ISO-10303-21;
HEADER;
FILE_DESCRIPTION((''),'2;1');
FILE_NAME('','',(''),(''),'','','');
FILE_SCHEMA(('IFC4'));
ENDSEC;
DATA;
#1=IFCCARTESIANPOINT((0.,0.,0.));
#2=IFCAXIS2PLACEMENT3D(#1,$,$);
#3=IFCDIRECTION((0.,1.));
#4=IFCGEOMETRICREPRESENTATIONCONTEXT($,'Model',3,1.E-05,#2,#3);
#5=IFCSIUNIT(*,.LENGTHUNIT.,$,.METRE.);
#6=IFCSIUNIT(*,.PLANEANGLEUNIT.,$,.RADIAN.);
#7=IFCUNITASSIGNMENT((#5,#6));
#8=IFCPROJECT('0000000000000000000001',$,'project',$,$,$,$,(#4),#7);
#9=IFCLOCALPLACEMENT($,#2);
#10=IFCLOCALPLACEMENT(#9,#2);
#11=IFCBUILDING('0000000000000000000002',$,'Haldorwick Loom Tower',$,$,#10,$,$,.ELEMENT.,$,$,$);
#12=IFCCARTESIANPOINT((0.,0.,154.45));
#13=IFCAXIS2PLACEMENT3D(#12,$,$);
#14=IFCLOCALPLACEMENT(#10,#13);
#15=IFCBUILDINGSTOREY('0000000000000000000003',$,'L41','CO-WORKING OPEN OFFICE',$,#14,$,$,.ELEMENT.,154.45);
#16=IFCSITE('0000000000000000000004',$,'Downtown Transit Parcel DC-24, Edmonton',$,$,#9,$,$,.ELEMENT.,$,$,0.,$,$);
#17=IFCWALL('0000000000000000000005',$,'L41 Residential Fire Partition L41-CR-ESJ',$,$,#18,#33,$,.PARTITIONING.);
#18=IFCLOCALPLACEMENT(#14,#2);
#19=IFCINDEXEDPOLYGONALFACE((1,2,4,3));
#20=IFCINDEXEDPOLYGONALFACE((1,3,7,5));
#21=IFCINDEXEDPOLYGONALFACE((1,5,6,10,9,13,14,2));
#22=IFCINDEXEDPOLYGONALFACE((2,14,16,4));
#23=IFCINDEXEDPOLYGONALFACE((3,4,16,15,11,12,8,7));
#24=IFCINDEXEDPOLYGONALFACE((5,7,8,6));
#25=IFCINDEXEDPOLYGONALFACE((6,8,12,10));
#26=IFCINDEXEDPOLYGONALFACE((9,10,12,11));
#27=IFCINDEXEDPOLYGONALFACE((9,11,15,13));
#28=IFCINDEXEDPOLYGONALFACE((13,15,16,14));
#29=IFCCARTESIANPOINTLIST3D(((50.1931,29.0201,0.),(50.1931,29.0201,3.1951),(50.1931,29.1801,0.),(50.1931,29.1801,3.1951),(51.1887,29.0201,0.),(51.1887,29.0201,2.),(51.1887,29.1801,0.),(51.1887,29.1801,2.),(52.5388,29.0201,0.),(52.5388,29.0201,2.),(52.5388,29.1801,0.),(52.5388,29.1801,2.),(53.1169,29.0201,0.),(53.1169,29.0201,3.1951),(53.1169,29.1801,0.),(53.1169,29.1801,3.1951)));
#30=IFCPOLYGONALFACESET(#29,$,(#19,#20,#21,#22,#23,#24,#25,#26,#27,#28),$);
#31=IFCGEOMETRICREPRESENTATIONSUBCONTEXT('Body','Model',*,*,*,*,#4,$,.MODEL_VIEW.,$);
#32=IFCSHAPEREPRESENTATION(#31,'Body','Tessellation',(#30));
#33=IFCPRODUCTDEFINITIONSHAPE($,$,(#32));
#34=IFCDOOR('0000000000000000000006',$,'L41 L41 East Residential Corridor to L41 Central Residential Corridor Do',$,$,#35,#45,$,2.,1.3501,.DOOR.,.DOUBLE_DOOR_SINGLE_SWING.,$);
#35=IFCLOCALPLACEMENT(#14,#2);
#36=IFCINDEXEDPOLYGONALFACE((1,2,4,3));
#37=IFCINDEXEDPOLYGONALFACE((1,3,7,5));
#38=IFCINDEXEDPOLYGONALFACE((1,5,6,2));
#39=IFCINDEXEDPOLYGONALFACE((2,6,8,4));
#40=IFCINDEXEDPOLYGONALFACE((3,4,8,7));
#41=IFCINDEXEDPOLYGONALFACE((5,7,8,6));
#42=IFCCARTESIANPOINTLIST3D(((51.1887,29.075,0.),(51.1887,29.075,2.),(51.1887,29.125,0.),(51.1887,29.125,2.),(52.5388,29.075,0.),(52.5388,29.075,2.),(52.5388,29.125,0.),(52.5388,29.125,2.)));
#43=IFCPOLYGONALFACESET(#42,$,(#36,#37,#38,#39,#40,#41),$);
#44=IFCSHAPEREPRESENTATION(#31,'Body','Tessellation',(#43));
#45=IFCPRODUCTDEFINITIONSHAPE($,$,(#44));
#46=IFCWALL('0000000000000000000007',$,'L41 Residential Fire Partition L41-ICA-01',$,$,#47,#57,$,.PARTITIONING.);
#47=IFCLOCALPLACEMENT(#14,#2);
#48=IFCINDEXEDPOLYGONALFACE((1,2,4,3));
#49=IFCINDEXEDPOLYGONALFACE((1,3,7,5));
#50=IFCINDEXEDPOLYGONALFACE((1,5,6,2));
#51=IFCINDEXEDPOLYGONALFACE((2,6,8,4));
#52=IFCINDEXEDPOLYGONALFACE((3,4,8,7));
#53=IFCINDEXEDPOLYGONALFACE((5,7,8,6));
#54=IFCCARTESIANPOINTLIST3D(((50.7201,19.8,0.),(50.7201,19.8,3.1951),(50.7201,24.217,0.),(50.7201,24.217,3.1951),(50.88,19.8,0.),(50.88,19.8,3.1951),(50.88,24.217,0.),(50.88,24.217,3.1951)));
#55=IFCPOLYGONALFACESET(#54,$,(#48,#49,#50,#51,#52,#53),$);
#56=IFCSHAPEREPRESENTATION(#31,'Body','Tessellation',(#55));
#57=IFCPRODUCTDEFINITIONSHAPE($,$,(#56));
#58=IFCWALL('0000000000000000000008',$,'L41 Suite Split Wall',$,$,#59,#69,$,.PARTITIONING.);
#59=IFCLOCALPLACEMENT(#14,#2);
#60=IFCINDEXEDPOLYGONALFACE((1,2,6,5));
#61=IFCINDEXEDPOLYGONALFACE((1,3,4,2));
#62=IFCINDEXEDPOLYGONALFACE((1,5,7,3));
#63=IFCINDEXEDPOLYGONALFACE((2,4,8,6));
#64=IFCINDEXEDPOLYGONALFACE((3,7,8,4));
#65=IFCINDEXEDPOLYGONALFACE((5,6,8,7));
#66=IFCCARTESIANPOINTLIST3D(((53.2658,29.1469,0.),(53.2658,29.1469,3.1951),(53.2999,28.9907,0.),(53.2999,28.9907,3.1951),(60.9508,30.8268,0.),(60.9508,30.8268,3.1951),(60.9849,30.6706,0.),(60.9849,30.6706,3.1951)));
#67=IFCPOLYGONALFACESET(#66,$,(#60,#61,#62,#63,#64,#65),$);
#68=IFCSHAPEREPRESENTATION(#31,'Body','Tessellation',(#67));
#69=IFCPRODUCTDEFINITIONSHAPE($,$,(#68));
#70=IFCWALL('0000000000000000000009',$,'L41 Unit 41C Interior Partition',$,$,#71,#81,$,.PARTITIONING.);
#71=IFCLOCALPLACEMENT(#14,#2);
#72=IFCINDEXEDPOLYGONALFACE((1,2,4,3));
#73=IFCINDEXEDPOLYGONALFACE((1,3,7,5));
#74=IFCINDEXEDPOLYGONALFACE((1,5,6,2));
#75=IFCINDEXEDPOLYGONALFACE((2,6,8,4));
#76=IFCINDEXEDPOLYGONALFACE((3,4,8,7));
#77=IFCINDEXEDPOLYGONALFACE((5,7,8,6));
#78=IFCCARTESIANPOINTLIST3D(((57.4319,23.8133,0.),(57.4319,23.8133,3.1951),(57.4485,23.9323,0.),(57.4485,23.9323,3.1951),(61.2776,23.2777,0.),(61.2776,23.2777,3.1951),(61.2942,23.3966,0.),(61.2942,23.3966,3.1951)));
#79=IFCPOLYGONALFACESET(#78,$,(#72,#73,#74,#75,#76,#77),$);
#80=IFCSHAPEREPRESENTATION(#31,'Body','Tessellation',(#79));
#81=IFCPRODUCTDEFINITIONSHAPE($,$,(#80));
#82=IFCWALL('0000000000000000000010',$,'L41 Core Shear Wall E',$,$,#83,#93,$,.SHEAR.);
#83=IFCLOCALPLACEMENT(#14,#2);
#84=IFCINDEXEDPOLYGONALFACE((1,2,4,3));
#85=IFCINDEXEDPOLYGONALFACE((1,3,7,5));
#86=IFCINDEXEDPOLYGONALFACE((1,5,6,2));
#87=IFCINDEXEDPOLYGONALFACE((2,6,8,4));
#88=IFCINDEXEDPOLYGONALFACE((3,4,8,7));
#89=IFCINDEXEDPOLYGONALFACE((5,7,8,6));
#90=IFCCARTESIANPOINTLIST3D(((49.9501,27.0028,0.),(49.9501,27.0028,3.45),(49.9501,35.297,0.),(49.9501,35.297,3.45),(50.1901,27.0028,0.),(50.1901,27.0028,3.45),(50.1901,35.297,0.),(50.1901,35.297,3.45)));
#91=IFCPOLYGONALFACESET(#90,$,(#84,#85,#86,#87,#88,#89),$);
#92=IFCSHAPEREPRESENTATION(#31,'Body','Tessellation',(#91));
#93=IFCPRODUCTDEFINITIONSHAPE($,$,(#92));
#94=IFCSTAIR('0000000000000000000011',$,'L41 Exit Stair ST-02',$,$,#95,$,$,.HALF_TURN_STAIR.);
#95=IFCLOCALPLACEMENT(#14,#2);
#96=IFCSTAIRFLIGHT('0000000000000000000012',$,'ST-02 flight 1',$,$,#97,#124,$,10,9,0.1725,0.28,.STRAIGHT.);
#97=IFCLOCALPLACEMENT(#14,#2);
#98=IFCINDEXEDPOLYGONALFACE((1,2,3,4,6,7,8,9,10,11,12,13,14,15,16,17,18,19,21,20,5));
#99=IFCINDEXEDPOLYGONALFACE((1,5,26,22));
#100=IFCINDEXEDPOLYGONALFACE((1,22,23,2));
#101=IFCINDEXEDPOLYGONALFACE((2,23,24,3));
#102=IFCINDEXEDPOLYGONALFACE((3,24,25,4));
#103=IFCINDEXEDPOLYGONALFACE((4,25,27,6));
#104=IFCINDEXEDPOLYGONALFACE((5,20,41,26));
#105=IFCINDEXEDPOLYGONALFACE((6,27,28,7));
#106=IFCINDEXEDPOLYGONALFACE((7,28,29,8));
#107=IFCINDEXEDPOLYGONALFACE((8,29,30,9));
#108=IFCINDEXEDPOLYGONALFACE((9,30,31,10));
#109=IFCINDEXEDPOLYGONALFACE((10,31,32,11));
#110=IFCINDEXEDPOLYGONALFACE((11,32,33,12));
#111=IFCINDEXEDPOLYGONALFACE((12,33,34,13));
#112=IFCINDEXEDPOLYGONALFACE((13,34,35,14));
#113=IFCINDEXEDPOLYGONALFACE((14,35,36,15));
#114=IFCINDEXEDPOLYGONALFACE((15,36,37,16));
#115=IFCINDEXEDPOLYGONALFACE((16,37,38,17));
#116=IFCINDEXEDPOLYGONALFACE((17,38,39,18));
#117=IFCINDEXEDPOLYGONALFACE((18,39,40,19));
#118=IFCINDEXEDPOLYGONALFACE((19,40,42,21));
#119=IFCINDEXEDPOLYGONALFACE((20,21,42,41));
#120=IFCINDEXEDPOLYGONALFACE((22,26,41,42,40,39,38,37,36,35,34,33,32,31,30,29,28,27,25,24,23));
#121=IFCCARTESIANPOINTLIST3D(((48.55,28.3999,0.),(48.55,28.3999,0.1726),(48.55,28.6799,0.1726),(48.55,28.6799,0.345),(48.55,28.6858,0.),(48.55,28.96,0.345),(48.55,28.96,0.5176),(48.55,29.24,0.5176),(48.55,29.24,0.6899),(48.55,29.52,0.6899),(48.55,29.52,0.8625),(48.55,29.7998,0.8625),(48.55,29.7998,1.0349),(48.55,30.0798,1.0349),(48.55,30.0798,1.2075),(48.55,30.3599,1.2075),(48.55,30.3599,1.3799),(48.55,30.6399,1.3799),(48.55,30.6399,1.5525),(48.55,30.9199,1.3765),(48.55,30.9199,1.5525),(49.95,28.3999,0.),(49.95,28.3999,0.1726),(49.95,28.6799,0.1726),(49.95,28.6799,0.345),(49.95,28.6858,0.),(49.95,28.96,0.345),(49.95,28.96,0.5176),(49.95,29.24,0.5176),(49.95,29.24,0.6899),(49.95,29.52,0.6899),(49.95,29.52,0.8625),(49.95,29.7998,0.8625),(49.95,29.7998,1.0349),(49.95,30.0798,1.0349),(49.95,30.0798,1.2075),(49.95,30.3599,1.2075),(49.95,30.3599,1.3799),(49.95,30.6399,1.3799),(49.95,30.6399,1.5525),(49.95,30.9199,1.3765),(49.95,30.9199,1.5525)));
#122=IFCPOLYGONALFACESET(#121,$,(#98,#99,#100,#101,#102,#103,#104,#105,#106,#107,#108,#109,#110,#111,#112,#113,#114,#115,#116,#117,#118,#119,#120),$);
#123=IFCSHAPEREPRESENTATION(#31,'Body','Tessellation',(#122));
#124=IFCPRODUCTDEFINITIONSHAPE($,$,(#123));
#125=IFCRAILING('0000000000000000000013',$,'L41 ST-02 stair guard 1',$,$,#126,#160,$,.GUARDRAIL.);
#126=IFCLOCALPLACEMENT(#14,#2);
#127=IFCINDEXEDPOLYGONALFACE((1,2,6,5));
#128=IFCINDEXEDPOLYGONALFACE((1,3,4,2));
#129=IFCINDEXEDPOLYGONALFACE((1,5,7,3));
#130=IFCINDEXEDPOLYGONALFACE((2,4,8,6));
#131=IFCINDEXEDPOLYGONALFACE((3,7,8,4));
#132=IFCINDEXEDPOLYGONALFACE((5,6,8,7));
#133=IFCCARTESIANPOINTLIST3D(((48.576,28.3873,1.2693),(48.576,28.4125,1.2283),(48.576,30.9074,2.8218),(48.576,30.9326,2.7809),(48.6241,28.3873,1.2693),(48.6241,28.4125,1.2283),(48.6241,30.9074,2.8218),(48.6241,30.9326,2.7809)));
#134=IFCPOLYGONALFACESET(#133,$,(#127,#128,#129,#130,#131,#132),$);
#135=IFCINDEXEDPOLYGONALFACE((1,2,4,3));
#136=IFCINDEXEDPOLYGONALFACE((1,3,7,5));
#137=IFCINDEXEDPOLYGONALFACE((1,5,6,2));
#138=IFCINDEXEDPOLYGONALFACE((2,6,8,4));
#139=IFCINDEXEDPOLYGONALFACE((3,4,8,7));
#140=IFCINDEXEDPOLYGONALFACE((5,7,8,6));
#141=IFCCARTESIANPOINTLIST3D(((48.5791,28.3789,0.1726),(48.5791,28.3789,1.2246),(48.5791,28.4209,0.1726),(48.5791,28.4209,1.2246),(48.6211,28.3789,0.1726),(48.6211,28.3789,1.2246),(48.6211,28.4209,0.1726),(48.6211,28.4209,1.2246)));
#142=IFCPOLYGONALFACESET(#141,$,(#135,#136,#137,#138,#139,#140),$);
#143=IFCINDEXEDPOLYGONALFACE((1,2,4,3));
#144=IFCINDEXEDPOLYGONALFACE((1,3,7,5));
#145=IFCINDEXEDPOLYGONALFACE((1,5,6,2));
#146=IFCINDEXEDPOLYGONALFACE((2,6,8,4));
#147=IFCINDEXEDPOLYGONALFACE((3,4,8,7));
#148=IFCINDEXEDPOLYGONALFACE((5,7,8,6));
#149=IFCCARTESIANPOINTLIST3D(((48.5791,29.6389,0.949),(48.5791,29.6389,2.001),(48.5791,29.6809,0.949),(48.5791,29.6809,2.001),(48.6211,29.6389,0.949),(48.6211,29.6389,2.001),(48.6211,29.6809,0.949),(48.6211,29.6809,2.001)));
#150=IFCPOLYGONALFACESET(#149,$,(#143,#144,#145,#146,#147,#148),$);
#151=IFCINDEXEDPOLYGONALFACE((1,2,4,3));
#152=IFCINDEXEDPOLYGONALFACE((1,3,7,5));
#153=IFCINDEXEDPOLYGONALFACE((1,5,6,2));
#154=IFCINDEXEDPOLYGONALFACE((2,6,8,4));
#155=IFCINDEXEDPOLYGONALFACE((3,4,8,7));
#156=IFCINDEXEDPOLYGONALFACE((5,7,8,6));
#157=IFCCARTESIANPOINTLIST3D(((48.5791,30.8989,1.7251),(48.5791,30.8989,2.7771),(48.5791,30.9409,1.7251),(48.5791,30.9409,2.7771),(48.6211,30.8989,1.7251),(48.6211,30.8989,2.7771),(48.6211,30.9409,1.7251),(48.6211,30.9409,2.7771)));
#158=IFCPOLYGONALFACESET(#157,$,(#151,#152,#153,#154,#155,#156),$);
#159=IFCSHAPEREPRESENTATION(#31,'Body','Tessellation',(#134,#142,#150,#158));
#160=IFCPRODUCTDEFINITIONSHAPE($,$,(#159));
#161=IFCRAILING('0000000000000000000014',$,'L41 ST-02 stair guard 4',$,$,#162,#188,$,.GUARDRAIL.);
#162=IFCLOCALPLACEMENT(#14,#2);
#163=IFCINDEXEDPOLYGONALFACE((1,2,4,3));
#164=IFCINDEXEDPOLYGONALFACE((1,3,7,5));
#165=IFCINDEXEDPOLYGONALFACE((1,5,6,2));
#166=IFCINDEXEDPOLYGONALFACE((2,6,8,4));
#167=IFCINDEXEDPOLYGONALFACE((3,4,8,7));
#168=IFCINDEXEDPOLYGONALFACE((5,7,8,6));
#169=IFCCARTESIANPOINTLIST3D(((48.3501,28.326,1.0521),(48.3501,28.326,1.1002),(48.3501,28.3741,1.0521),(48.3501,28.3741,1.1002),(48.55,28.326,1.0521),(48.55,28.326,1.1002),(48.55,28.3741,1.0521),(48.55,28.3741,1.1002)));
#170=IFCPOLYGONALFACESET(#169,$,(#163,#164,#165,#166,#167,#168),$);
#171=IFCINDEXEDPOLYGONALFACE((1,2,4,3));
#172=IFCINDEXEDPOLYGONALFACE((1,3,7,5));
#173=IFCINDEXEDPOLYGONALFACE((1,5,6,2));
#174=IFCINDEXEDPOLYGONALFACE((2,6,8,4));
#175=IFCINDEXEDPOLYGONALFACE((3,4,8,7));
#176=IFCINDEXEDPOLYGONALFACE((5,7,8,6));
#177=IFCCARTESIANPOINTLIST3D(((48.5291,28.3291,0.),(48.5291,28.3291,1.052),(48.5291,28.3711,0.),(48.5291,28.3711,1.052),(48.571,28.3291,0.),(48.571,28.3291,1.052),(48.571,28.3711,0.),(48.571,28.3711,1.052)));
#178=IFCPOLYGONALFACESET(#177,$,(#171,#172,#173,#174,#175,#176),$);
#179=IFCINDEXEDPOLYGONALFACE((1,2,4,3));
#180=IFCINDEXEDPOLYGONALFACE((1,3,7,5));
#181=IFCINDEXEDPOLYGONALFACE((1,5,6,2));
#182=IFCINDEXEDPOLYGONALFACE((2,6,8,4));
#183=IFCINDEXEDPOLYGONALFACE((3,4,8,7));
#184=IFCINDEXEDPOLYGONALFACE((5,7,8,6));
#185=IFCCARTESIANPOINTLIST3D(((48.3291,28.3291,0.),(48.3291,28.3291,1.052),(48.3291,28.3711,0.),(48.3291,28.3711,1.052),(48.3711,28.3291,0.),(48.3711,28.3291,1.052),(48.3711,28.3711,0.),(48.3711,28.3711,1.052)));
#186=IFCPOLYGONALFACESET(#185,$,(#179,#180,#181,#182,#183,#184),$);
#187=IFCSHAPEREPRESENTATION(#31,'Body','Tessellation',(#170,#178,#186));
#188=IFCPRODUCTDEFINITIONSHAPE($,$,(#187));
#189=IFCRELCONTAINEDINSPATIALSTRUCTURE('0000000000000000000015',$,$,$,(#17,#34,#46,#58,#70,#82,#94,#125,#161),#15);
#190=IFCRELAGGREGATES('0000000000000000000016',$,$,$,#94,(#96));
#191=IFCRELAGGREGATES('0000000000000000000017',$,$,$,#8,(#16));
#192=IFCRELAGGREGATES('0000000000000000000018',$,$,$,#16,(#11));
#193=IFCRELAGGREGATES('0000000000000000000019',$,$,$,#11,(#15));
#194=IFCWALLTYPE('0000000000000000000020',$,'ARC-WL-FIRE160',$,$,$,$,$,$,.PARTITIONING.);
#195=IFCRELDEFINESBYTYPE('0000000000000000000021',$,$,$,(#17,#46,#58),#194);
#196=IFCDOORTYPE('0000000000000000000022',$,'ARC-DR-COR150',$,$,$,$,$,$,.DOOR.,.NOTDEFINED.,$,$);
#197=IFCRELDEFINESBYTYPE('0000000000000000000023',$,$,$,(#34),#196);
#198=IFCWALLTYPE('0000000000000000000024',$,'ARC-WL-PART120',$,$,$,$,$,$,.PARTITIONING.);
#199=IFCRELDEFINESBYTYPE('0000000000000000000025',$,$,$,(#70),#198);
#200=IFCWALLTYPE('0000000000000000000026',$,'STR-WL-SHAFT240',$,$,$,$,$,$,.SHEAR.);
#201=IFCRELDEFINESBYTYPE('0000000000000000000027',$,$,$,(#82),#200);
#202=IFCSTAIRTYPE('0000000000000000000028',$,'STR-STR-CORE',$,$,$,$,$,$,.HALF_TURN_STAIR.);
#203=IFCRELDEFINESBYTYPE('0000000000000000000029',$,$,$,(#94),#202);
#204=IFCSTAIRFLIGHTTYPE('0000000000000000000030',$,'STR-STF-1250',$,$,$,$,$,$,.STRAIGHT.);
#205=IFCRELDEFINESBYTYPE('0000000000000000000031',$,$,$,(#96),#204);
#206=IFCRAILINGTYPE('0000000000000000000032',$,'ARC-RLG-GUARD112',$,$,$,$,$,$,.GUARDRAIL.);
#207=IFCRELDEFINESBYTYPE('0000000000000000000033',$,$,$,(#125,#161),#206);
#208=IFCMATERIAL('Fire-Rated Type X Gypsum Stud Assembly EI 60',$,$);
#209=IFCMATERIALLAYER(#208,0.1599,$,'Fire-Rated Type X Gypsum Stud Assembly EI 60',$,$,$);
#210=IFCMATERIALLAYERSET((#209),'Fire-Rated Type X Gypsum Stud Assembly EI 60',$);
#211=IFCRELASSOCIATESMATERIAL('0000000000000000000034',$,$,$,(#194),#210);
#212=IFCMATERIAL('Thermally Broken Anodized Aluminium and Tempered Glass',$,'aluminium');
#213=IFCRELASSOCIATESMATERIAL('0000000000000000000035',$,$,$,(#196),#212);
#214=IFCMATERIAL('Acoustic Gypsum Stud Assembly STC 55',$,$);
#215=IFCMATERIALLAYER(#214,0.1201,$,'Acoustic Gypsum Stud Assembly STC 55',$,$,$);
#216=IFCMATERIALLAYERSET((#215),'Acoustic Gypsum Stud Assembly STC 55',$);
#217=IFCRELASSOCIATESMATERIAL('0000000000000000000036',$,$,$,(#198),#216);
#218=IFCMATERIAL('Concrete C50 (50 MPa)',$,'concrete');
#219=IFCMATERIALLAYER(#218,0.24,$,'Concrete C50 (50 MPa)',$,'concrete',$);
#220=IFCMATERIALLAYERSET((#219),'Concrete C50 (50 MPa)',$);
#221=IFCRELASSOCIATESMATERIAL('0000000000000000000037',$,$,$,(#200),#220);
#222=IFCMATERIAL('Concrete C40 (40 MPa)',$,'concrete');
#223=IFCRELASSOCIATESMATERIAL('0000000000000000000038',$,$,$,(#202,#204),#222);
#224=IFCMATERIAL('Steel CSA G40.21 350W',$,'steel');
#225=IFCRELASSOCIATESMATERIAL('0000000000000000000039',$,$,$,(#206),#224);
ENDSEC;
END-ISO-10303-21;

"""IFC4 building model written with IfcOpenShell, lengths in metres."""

from ifc_helpers import new_model, si_unit, direction, frame, frame_2d, origin, origin_2d, place, context, subcontext, project, spatial, polyline, rectangle, outline, extrude, material, layer, layer_set, type_object, element, fill, aggregate, save


model = new_model("IFC4")

# Units and contexts
model_context = context("Model", 3, precision=1e-05, world=origin(), true_north=direction((0.0, 1.0)))
body_context = subcontext(model_context, "Body", "Model", "MODEL_VIEW")
ifc_project = project(units=[si_unit("LENGTHUNIT", "METRE"), si_unit("PLANEANGLEUNIT", "RADIAN")], contexts=[model_context])

# Site, building, storey
site_placement = place(None, origin())
site = spatial("IfcSite", under=ifc_project, at=site_placement, Name="Downtown Transit Parcel DC-24, Edmonton", CompositionType="ELEMENT", RefElevation=0.0)
building_placement = place(site_placement, origin())
building = spatial("IfcBuilding", under=site, at=building_placement, Name="Haldorwick Loom Tower", CompositionType="ELEMENT")
storey_placement = place(building_placement, frame((0.0, 0.0, 154.45)))
storey = spatial("IfcBuildingStorey", under=building, at=storey_placement, Name="L41", Description="CO-WORKING OPEN OFFICE", CompositionType="ELEMENT", Elevation=154.45)

# Shared definitions
ifc_material_1 = material(Name="Steel CSA G40.21 350W", Category="steel")

# Shared definitions
ifc_material_2 = material(Name="Fire-Rated Type X Gypsum Stud Assembly EI 60")
ifc_layer_1 = layer(ifc_material_2, 0.1599, Name="Fire-Rated Type X Gypsum Stud Assembly EI 60")
ifc_layer_set_1 = layer_set([ifc_layer_1], Name="Fire-Rated Type X Gypsum Stud Assembly EI 60")
wall_type_1 = type_object("IfcWallType", Name="ARC-WL-FIRE160", PredefinedType="PARTITIONING", material=ifc_layer_set_1)

# Wall, opening, door
wall_1_placement = place(storey_placement, frame((50.1931, 29.1001, 0.0), z_axis=(0.0, 0.0, 1.0), x_axis=(1.0, 0.0, 0.0)))
wall_1 = element("IfcWall", 1, at=wall_1_placement, inside=storey, type_object=wall_type_1, Name="L41 Residential Fire Partition L41-CR-ESJ", PredefinedType="PARTITIONING", context=body_context, shape_type="SweptSolid", body=[
    extrude(rectangle(XDim=2.9238, YDim=0.1599, at=frame_2d((1.4619, 0.0))), origin(), (0.0, 0.0, 1.0), 3.1951),
])
opening_1_placement = place(wall_1_placement, frame((0.9956, 0.0, 0.0)))
opening_1 = element("IfcOpeningElement", 2, at=opening_1_placement, cuts=wall_1, PredefinedType="OPENING", context=body_context, shape_type="SweptSolid", body=[
    extrude(rectangle(XDim=1.3501, YDim=2.0, at=frame_2d((0.675, 1.0))), frame((0.0, 0.0898, 0.0), z_axis=(0.0, -1.0, 0.0), x_axis=(1.0, 0.0, 0.0)), (0.0, 0.0, 1.0), 0.1799),
])
ifc_material_3 = material(Name="Thermally Broken Anodized Aluminium and Tempered Glass", Category="aluminium")
door_type_1 = type_object("IfcDoorType", Name="ARC-DR-COR150", OperationType="NOTDEFINED", PredefinedType="DOOR", material=ifc_material_3)
door_1_placement = place(opening_1_placement, origin())
door_1 = element("IfcDoor", 3, at=door_1_placement, inside=storey, type_object=door_type_1, Name="L41 L41 East Residential Corridor to L41 Central Residential Corridor Do", OperationType="DOUBLE_DOOR_SINGLE_SWING", OverallHeight=2.0, OverallWidth=1.3501, PredefinedType="DOOR", context=body_context, shape_type="SweptSolid", body=[
    extrude(rectangle(XDim=1.3501, YDim=2.0, at=frame_2d((0.675, 1.0))), frame((0.0, 0.0249, 0.0), z_axis=(0.0, -1.0, 0.0), x_axis=(1.0, 0.0, 0.0)), (0.0, 0.0, 1.0), 0.05),
])
fill(opening_1, door_1)

# Walls
wall_2_placement = place(storey_placement, frame((50.8, 24.217, 0.0), z_axis=(0.0, 0.0, 1.0), x_axis=(0.0, -1.0, 0.0)))
element("IfcWall", 4, at=wall_2_placement, inside=storey, type_object=wall_type_1, Name="L41 Residential Fire Partition L41-ICA-01", PredefinedType="PARTITIONING", context=body_context, shape_type="SweptSolid", body=[
    extrude(rectangle(XDim=4.417, YDim=0.1599, at=frame_2d((2.2085, 0.0))), origin(), (0.0, 0.0, 1.0), 3.1951),
])
wall_3_placement = place(storey_placement, frame((53.283, 29.0688, 0.0), z_axis=(0.0, 0.0, 1.0), x_axis=(0.976931, 0.213554, 0.0)))
element("IfcWall", 5, at=wall_3_placement, inside=storey, type_object=wall_type_1, Name="L41 Suite Split Wall", PredefinedType="PARTITIONING", context=body_context, shape_type="SweptSolid", body=[
    extrude(rectangle(XDim=7.8665, YDim=0.1599, at=frame_2d((3.9331, 0.0))), origin(), (0.0, 0.0, 1.0), 3.1951),
])
ifc_material_4 = material(Name="Acoustic Gypsum Stud Assembly STC 55")
ifc_layer_2 = layer(ifc_material_4, 0.1201, Name="Acoustic Gypsum Stud Assembly STC 55")
ifc_layer_set_2 = layer_set([ifc_layer_2], Name="Acoustic Gypsum Stud Assembly STC 55")
wall_type_2 = type_object("IfcWallType", Name="ARC-WL-PART120", PredefinedType="PARTITIONING", material=ifc_layer_set_2)
wall_4_placement = place(storey_placement, frame((57.4402, 23.8728, 0.0), z_axis=(0.0, 0.0, 1.0), x_axis=(0.990439, -0.137952, 0.0)))
element("IfcWall", 6, at=wall_4_placement, inside=storey, type_object=wall_type_2, Name="L41 Unit 41C Interior Partition", PredefinedType="PARTITIONING", context=body_context, shape_type="SweptSolid", body=[
    extrude(rectangle(XDim=3.8828, YDim=0.1201, at=frame_2d((1.9414, 0.0))), origin(), (0.0, 0.0, 1.0), 3.1951),
])
ifc_material_5 = material(Name="Concrete C50 (50 MPa)", Category="concrete")
ifc_layer_3 = layer(ifc_material_5, 0.24, Name="Concrete C50 (50 MPa)", Category="concrete")
ifc_layer_set_3 = layer_set([ifc_layer_3], Name="Concrete C50 (50 MPa)")
wall_type_3 = type_object("IfcWallType", Name="STR-WL-SHAFT240", PredefinedType="SHEAR", material=ifc_layer_set_3)
wall_5_placement = place(storey_placement, frame((50.0701, 27.0029, 0.0), z_axis=(0.0, 0.0, 1.0), x_axis=(0.0, 1.0, 0.0)))
element("IfcWall", 7, at=wall_5_placement, inside=storey, type_object=wall_type_3, Name="L41 Core Shear Wall E", PredefinedType="SHEAR", context=body_context, shape_type="SweptSolid", body=[
    extrude(rectangle(XDim=8.2942, YDim=0.24, at=frame_2d((4.147, 0.0))), origin(), (0.0, 0.0, 1.0), 3.45),
])

# Stair, stair flight
ifc_material_6 = material(Name="Concrete C40 (40 MPa)", Category="concrete")
stair_type = type_object("IfcStairType", Name="STR-STR-CORE", PredefinedType="HALF_TURN_STAIR", material=ifc_material_6)
stair_placement = place(storey_placement, origin())
stair = element("IfcStair", 8, at=stair_placement, inside=storey, type_object=stair_type, Name="L41 Exit Stair ST-02", PredefinedType="HALF_TURN_STAIR")
stair_flight_type = type_object("IfcStairFlightType", Name="STR-STF-1250", PredefinedType="STRAIGHT", material=ifc_material_6)
stair_flight_placement = place(storey_placement, frame((49.25, 28.3999, 0.0), z_axis=(0.0, 0.0, 1.0), x_axis=(0.0, 1.0, 0.0)))
stair_flight = element("IfcStairFlight", 9, at=stair_flight_placement, type_object=stair_flight_type, Name="ST-02 flight 1", NumberOfRisers=10, NumberOfTreads=9, PredefinedType="STRAIGHT", RiserHeight=0.1725, TreadLength=0.28, context=body_context, shape_type="SweptSolid", body=[
    extrude(outline(polyline([(0.0, 0.0), (0.0, 0.1726), (0.28, 0.1726), (0.28, 0.345), (0.5601, 0.345), (0.5601, 0.5176), (0.8401, 0.5176), (0.8401, 0.6899), (1.1201, 0.6899), (1.1201, 0.8625), (1.3999, 0.8625), (1.3999, 1.0349), (1.6799, 1.0349), (1.6799, 1.2075), (1.96, 1.2075), (1.96, 1.3799), (2.24, 1.3799), (2.24, 1.5525), (2.52, 1.5525), (2.52, 1.7251), (2.52, 1.3765), (0.2859, 0.0), (0.0, 0.0)])), frame((0.0, 0.7, 0.0), z_axis=(0.0, -1.0, 0.0), x_axis=(1.0, 0.0, 0.0)), (0.0, 0.0, 1.0), 1.3999),
])
aggregate(stair, [stair_flight])

# Railings
railing_type_1 = type_object("IfcRailingType", Name="ARC-RLG-GUARD112", PredefinedType="GUARDRAIL", material=ifc_material_1)
railing_1_placement = place(storey_placement, frame((48.6001, 28.3999, 0.1726)))
element("IfcRailing", 10, at=railing_1_placement, inside=storey, type_object=railing_type_1, Name="L41 ST-02 stair guard 1", PredefinedType="GUARDRAIL", context=body_context, shape_type="SweptSolid", body=[
    extrude(rectangle(XDim=0.0481, YDim=0.0481, at=origin_2d()), frame((0.0, 0.0, 1.0762), z_axis=(0.0, 0.8514, 0.524516), x_axis=(-1.0, 0.0, 0.0)), (0.0, 0.0, 1.0), 2.96),
    extrude(rectangle(XDim=0.042, YDim=0.042, at=origin_2d()), origin(), (0.0, 0.0, 1.0), 1.052),
    extrude(rectangle(XDim=0.042, YDim=0.042, at=origin_2d()), frame((0.0, 1.26, 0.7764)), (0.0, 0.0, 1.0), 1.052),
    extrude(rectangle(XDim=0.042, YDim=0.042, at=origin_2d()), frame((0.0, 2.52, 1.5525)), (0.0, 0.0, 1.0), 1.052),
])
railing_2_placement = place(storey_placement, frame((48.55, 28.3501, 0.0)))
element("IfcRailing", 11, at=railing_2_placement, inside=storey, type_object=railing_type_1, Name="L41 ST-02 stair guard 4", PredefinedType="GUARDRAIL", context=body_context, shape_type="SweptSolid", body=[
    extrude(rectangle(XDim=0.0481, YDim=0.0481, at=origin_2d()), frame((0.0, 0.0, 1.0762), z_axis=(-1.0, 0.0, 0.0), x_axis=(0.0, -1.0, 0.0)), (0.0, 0.0, 1.0), 0.2),
    extrude(rectangle(XDim=0.042, YDim=0.042, at=origin_2d()), origin(), (0.0, 0.0, 1.0), 1.052),
    extrude(rectangle(XDim=0.042, YDim=0.042, at=origin_2d()), frame((-0.2, 0.0, 0.0)), (0.0, 0.0, 1.0), 1.052),
])

save(model, "model.ifc")
